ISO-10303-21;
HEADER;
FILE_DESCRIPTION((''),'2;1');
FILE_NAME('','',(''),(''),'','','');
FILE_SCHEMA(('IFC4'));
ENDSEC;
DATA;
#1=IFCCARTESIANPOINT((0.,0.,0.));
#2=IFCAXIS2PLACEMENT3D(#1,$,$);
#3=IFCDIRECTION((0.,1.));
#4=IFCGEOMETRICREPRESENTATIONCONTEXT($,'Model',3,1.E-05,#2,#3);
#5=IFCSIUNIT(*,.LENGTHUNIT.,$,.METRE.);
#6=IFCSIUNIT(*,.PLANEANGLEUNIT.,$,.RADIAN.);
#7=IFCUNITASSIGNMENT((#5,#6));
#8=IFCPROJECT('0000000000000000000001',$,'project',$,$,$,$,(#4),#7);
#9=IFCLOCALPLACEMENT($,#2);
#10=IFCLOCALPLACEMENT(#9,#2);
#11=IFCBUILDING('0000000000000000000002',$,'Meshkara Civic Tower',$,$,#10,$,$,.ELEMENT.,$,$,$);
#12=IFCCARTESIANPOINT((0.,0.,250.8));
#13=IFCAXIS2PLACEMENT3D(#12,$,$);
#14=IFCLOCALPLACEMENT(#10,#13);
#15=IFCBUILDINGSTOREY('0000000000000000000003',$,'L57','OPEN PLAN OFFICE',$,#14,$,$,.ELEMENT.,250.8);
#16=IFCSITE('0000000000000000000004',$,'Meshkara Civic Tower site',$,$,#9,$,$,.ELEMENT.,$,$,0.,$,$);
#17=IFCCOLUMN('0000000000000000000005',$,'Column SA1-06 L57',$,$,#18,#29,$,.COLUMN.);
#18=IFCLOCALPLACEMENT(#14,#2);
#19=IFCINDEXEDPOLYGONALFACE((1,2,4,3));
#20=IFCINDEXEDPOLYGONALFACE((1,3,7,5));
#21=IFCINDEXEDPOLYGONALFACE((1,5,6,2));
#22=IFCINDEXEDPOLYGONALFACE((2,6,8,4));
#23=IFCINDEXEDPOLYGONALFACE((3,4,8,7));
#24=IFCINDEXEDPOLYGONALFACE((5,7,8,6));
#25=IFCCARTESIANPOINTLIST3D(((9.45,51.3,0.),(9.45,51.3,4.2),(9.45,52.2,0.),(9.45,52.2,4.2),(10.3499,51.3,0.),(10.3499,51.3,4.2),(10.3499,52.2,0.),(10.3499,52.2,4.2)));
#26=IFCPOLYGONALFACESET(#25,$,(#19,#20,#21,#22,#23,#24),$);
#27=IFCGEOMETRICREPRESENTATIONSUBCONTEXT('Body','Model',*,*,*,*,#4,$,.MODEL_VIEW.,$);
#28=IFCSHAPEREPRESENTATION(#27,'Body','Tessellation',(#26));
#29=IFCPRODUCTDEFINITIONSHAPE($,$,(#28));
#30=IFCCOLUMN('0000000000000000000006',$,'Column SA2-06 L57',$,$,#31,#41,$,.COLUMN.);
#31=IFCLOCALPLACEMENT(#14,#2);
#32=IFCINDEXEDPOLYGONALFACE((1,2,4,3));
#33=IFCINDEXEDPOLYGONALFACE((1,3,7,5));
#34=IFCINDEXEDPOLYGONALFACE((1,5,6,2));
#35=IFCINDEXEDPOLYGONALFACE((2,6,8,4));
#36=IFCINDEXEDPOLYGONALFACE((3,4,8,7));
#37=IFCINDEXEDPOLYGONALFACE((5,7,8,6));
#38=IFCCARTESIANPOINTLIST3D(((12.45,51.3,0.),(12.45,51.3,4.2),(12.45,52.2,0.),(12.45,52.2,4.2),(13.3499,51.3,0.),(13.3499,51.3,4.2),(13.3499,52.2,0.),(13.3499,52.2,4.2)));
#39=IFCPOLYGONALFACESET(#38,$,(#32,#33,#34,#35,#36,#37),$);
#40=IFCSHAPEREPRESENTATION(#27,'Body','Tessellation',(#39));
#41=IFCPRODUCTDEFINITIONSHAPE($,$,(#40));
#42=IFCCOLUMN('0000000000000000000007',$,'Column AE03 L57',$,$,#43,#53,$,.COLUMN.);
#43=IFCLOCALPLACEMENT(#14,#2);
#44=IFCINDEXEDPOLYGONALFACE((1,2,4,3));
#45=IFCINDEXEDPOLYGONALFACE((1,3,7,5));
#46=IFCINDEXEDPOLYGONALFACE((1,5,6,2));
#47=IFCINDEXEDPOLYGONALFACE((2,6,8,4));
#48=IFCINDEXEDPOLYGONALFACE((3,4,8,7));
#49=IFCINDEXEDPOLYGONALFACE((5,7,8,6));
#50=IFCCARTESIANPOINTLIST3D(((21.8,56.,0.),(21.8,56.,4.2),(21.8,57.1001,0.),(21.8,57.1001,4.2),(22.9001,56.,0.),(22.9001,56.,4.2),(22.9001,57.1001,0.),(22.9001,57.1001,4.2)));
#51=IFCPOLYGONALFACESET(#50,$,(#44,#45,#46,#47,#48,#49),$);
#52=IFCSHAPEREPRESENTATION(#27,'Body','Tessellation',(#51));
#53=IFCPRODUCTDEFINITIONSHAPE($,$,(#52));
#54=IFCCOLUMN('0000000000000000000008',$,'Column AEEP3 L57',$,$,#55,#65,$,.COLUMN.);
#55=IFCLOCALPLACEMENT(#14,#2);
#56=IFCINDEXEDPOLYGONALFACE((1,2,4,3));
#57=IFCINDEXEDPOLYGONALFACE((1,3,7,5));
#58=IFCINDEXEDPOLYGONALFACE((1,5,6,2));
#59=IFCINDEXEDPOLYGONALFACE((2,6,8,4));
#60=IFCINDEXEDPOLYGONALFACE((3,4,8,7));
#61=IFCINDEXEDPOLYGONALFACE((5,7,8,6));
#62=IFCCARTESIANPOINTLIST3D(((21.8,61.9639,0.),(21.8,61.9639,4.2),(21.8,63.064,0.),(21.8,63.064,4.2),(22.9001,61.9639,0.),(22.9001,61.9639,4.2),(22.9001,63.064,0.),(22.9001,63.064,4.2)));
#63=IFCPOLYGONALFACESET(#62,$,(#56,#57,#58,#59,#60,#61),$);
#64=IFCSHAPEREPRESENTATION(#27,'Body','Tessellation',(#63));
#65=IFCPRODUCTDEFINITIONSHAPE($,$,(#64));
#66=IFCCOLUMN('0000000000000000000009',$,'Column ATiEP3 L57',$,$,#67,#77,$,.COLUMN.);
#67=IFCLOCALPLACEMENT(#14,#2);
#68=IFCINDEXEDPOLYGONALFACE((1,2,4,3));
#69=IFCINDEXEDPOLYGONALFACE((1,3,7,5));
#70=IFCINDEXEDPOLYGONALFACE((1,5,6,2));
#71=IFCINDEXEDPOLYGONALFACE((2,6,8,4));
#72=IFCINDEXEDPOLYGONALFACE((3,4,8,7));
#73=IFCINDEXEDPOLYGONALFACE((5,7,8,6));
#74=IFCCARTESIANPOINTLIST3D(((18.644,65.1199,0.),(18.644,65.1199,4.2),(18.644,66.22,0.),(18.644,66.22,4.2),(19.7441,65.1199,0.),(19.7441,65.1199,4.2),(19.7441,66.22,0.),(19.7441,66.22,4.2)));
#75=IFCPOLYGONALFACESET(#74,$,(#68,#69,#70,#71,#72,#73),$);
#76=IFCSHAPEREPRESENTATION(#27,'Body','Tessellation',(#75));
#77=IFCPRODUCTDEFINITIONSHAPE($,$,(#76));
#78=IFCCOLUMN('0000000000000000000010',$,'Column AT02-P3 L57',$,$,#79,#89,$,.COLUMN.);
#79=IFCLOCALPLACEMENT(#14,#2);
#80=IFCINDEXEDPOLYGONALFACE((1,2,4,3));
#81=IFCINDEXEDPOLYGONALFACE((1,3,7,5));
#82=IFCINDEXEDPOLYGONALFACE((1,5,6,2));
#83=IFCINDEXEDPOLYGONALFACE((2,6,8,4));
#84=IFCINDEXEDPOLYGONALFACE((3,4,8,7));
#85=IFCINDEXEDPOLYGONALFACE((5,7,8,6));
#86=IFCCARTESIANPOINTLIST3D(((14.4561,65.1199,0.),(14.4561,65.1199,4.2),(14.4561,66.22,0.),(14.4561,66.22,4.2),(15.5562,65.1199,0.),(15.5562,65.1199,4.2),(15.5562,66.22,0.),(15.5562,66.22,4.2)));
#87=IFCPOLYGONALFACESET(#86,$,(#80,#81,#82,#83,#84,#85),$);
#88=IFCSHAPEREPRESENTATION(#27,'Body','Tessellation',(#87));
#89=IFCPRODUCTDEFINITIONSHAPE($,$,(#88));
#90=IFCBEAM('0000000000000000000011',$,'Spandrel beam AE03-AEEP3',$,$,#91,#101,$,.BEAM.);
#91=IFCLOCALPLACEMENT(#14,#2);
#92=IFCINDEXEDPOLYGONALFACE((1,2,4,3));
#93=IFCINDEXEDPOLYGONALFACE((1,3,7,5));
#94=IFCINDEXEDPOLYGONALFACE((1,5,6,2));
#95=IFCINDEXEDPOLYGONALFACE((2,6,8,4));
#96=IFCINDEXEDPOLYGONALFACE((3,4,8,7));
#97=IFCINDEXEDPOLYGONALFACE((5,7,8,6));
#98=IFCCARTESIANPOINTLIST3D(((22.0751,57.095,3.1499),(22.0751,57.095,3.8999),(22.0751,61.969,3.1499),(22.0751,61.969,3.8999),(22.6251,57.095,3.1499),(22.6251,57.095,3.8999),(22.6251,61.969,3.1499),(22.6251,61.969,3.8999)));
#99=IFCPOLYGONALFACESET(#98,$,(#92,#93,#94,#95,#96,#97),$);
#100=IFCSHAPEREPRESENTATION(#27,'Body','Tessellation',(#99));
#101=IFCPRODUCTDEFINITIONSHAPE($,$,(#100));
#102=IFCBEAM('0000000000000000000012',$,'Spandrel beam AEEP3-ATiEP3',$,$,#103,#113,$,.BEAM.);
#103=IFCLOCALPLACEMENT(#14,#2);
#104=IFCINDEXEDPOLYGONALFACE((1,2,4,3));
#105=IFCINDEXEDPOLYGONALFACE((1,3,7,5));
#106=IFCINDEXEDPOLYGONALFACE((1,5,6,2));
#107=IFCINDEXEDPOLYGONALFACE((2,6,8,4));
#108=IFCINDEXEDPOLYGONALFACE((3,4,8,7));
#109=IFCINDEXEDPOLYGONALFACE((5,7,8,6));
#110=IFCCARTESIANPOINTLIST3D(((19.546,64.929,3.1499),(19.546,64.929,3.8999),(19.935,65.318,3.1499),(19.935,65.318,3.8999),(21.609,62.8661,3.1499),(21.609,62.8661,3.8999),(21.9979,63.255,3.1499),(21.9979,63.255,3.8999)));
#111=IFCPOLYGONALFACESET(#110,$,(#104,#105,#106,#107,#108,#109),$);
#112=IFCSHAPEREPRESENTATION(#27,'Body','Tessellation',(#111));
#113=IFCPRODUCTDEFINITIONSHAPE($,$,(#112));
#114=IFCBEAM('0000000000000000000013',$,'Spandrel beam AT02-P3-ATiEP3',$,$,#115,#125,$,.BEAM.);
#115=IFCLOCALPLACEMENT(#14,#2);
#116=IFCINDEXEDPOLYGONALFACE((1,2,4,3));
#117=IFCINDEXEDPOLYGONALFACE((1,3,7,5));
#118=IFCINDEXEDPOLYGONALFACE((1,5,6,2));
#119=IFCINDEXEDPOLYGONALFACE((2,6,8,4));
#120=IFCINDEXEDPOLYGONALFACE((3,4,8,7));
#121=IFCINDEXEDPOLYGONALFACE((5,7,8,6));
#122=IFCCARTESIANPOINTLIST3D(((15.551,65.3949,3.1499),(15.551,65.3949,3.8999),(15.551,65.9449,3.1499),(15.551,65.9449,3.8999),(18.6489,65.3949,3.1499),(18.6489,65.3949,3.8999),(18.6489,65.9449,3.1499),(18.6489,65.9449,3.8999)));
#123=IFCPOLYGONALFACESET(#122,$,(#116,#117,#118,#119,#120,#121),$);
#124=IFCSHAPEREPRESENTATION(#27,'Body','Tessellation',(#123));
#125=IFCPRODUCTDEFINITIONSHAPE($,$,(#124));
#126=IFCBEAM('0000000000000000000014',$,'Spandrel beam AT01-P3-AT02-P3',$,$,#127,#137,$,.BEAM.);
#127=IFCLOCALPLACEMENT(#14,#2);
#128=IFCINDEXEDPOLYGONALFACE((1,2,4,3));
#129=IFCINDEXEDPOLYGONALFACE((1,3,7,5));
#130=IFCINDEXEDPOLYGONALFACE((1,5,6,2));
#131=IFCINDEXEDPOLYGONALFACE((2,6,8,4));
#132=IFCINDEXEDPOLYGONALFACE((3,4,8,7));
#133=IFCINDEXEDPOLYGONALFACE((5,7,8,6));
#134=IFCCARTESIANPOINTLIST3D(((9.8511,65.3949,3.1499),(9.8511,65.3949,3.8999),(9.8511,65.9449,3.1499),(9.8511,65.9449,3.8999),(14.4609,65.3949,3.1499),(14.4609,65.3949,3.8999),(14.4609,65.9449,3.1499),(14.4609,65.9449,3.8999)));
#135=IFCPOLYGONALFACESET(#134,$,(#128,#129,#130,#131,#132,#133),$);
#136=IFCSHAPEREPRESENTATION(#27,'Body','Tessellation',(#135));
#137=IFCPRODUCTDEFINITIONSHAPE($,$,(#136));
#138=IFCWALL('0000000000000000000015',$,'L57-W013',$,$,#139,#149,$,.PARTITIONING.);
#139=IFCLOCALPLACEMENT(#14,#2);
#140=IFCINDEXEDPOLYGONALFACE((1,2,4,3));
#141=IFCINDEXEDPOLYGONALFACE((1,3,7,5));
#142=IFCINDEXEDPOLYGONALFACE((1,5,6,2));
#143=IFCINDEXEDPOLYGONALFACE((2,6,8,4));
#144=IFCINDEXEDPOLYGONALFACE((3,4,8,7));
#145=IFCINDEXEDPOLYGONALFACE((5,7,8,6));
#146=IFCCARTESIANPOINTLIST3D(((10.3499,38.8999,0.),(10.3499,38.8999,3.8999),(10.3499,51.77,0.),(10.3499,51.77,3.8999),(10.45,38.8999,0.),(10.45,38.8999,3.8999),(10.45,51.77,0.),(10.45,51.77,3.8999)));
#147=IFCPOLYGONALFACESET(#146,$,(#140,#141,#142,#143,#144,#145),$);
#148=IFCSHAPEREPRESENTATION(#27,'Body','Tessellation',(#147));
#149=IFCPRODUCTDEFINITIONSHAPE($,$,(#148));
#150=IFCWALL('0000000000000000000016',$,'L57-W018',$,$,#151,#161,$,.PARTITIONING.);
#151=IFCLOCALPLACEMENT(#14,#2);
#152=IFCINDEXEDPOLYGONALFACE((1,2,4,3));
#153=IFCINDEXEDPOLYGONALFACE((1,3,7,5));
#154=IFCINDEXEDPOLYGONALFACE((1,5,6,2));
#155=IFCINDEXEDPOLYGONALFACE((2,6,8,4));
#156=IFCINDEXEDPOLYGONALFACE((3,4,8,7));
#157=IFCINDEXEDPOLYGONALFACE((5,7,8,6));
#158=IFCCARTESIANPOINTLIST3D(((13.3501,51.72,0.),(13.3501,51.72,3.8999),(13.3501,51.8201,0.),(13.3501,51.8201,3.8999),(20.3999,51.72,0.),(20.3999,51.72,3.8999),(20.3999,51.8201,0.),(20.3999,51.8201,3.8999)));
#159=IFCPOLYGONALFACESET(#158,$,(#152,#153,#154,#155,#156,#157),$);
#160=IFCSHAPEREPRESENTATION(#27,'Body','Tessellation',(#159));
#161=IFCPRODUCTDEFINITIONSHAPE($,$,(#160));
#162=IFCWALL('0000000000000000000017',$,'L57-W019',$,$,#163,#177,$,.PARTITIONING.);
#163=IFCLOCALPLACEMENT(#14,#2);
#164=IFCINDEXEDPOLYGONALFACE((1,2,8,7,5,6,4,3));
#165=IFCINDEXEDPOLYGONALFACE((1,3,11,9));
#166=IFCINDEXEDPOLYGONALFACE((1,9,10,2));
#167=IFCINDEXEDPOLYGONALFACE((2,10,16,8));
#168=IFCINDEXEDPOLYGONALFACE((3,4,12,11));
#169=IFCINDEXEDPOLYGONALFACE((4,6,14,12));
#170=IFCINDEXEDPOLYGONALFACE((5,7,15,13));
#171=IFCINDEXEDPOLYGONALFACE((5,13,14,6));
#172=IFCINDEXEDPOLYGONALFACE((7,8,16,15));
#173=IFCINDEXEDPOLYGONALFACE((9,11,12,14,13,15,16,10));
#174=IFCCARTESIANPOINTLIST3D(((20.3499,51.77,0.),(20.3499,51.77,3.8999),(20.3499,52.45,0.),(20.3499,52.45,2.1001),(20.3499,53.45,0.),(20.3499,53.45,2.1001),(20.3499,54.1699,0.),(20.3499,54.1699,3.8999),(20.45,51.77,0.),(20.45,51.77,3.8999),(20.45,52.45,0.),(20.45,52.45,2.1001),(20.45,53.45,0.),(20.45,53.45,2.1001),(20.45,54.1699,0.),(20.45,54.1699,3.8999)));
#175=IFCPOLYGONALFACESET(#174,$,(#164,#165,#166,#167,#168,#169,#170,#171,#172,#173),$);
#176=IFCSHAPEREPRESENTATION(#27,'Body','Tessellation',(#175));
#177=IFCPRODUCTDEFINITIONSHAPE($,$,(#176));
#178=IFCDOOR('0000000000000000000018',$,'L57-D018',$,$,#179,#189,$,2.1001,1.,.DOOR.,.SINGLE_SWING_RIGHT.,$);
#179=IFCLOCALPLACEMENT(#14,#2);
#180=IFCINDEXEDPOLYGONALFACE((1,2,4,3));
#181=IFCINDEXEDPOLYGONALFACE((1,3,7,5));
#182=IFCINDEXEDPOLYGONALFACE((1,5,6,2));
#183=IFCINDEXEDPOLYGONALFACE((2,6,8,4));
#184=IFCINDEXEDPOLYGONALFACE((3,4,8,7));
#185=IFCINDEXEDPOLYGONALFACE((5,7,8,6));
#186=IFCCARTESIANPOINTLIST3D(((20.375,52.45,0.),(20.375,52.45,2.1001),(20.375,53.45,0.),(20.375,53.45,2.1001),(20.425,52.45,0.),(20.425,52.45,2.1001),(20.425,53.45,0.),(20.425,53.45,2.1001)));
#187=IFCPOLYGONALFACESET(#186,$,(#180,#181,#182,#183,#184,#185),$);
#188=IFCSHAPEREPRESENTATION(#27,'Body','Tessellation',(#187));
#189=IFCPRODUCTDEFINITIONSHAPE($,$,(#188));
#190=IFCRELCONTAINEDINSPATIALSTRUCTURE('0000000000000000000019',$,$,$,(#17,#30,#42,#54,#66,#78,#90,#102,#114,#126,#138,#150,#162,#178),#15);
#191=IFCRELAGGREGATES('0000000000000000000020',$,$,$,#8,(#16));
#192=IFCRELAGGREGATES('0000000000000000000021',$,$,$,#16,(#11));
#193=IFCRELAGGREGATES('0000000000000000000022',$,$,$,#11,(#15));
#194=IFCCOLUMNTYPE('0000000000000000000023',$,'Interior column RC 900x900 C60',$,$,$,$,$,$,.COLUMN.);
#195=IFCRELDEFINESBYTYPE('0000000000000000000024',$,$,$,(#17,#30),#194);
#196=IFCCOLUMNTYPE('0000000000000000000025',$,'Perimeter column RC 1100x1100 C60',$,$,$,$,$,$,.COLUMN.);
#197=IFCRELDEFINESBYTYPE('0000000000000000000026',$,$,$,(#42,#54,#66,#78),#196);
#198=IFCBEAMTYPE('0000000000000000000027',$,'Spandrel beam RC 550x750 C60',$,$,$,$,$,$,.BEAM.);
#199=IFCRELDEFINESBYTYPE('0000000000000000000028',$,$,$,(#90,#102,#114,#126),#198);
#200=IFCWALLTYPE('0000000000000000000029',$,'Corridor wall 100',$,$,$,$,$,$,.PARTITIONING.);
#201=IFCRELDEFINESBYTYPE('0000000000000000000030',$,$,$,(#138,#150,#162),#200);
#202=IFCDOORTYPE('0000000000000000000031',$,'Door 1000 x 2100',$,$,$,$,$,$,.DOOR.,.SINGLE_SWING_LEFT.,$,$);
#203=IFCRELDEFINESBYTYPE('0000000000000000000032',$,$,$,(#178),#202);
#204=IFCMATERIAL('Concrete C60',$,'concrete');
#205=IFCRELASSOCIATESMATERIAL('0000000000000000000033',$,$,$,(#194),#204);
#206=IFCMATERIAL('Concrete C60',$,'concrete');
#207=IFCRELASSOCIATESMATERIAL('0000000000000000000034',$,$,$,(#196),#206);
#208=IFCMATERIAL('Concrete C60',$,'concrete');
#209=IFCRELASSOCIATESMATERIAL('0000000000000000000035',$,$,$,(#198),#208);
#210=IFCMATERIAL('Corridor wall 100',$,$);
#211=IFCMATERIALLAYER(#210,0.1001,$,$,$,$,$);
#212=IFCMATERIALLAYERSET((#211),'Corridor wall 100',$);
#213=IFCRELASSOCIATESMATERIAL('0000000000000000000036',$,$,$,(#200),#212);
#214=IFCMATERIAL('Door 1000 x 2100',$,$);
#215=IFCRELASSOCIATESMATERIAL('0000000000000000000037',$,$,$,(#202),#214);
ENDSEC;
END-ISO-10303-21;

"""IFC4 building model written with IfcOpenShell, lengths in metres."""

from ifc_helpers import new_model, si_unit, direction, frame, frame_2d, origin, origin_2d, place, context, subcontext, project, spatial, rectangle, extrude, material, layer, layer_set, material_profile, profile_set, type_object, element, fill, save


model = new_model("IFC4")

# Units and contexts
model_context = context("Model", 3, precision=1e-05, world=origin(), true_north=direction((0.0, 1.0)))
body_context = subcontext(model_context, "Body", "Model", "MODEL_VIEW")
ifc_project = project(units=[si_unit("LENGTHUNIT", "METRE"), si_unit("PLANEANGLEUNIT", "RADIAN")], contexts=[model_context])

# Site, building, storey
site_placement = place(None, origin())
site = spatial("IfcSite", under=ifc_project, at=site_placement, Name="Meshkara Civic Tower site", CompositionType="ELEMENT", RefElevation=0.0)
building_placement = place(site_placement, origin())
building = spatial("IfcBuilding", under=site, at=building_placement, Name="Meshkara Civic Tower", CompositionType="ELEMENT")
storey_placement = place(building_placement, frame((0.0, 0.0, 250.8)))
storey = spatial("IfcBuildingStorey", under=building, at=storey_placement, Name="L57", Description="OPEN PLAN OFFICE", CompositionType="ELEMENT", Elevation=250.8)

# Columns
ifc_material_1 = material(Name="Concrete C60", Category="concrete")
ifc_material_profile_1 = material_profile(ifc_material_1, rectangle(XDim=0.8999, YDim=0.8999, at=origin_2d()))
ifc_profile_set_1 = profile_set([ifc_material_profile_1], Name="Concrete C60")
column_type_1 = type_object("IfcColumnType", Name="Interior column RC 900x900 C60", PredefinedType="COLUMN", material=ifc_profile_set_1)
for number, where, z_axis, x_axis, name in (
    (1, (9.8999, 51.75, 0.0), (0.0, 0.0, 1.0), (1.0, 0.0, 0.0), "Column SA1-06 L57"),
    (2, (12.8999, 51.75, 0.0), (0.0, 0.0, 1.0), (1.0, 0.0, 0.0), "Column SA2-06 L57"),
):
    element("IfcColumn", number, at=place(storey_placement, frame(where, z_axis=z_axis, x_axis=x_axis)), inside=storey, type_object=column_type_1, Name=name, PredefinedType="COLUMN", context=body_context, shape_type="SweptSolid", body=[
        extrude(rectangle(XDim=0.8999, YDim=0.8999, at=origin_2d()), origin(), (0.0, 0.0, 1.0), 4.2),
    ])
ifc_material_2 = material(Name="Concrete C60", Category="concrete")
ifc_material_profile_2 = material_profile(ifc_material_2, rectangle(XDim=1.1001, YDim=1.1001, at=origin_2d()))
ifc_profile_set_2 = profile_set([ifc_material_profile_2], Name="Concrete C60")
column_type_2 = type_object("IfcColumnType", Name="Perimeter column RC 1100x1100 C60", PredefinedType="COLUMN", material=ifc_profile_set_2)
for number, where, z_axis, x_axis, name in (
    (3, (22.3501, 56.55, 0.0), (0.0, 0.0, 1.0), (1.0, 0.0, 0.0), "Column AE03 L57"),
    (4, (22.3501, 62.5139, 0.0), (0.0, 0.0, 1.0), (1.0, 0.0, 0.0), "Column AEEP3 L57"),
    (5, (19.1941, 65.6699, 0.0), (0.0, 0.0, 1.0), (1.0, 0.0, 0.0), "Column ATiEP3 L57"),
    (6, (15.0061, 65.6699, 0.0), (0.0, 0.0, 1.0), (1.0, 0.0, 0.0), "Column AT02-P3 L57"),
):
    element("IfcColumn", number, at=place(storey_placement, frame(where, z_axis=z_axis, x_axis=x_axis)), inside=storey, type_object=column_type_2, Name=name, PredefinedType="COLUMN", context=body_context, shape_type="SweptSolid", body=[
        extrude(rectangle(XDim=1.1001, YDim=1.1001, at=origin_2d()), origin(), (0.0, 0.0, 1.0), 4.2),
    ])

# Beams
ifc_material_3 = material(Name="Concrete C60", Category="concrete")
ifc_material_profile_3 = material_profile(ifc_material_3, rectangle(XDim=0.55, YDim=0.75, at=origin_2d()))
ifc_profile_set_3 = profile_set([ifc_material_profile_3], Name="Concrete C60")
beam_type = type_object("IfcBeamType", Name="Spandrel beam RC 550x750 C60", PredefinedType="BEAM", material=ifc_profile_set_3)
beam_1_placement = place(storey_placement, frame((22.3501, 57.095, 3.5249), z_axis=(0.0, 1.0, 0.0), x_axis=(-1.0, 0.0, 0.0)))
element("IfcBeam", 7, at=beam_1_placement, inside=storey, type_object=beam_type, Name="Spandrel beam AE03-AEEP3", PredefinedType="BEAM", context=body_context, shape_type="SweptSolid", body=[
    extrude(rectangle(XDim=0.55, YDim=0.75, at=origin_2d()), origin(), (0.0, 0.0, 1.0), 4.874),
])
beam_2_placement = place(storey_placement, frame((21.8035, 63.0605, 3.5249), z_axis=(-0.707107, 0.707107, 0.0), x_axis=(-0.707107, -0.707107, 0.0)))
element("IfcBeam", 8, at=beam_2_placement, inside=storey, type_object=beam_type, Name="Spandrel beam AEEP3-ATiEP3", PredefinedType="BEAM", context=body_context, shape_type="SweptSolid", body=[
    extrude(rectangle(XDim=0.55, YDim=0.75, at=origin_2d()), origin(), (0.0, 0.0, 1.0), 2.9175),
])
beam_3_placement = place(storey_placement, frame((18.6489, 65.6699, 3.5249), z_axis=(-1.0, 0.0, 0.0), x_axis=(0.0, -1.0, 0.0)))
element("IfcBeam", 9, at=beam_3_placement, inside=storey, type_object=beam_type, Name="Spandrel beam AT02-P3-ATiEP3", PredefinedType="BEAM", context=body_context, shape_type="SweptSolid", body=[
    extrude(rectangle(XDim=0.55, YDim=0.75, at=origin_2d()), origin(), (0.0, 0.0, 1.0), 3.0979),
])
beam_4_placement = place(storey_placement, frame((14.4609, 65.6699, 3.5249), z_axis=(-1.0, 0.0, 0.0), x_axis=(0.0, -1.0, 0.0)))
element("IfcBeam", 10, at=beam_4_placement, inside=storey, type_object=beam_type, Name="Spandrel beam AT01-P3-AT02-P3", PredefinedType="BEAM", context=body_context, shape_type="SweptSolid", body=[
    extrude(rectangle(XDim=0.55, YDim=0.75, at=origin_2d()), origin(), (0.0, 0.0, 1.0), 4.6099),
])

# Walls
ifc_material_4 = material(Name="Corridor wall 100")
ifc_layer_1 = layer(ifc_material_4, 0.1001)
ifc_layer_set_1 = layer_set([ifc_layer_1], Name="Corridor wall 100")
wall_type_1 = type_object("IfcWallType", Name="Corridor wall 100", PredefinedType="PARTITIONING", material=ifc_layer_set_1)
wall_1_placement = place(storey_placement, frame((10.3999, 51.77, 0.0), z_axis=(0.0, 0.0, 1.0), x_axis=(0.0, -1.0, 0.0)))
element("IfcWall", 11, at=wall_1_placement, inside=storey, type_object=wall_type_1, Name="L57-W013", PredefinedType="PARTITIONING", context=body_context, shape_type="SweptSolid", body=[
    extrude(rectangle(XDim=12.8701, YDim=0.1001, at=frame_2d((6.4351, 0.0))), origin(), (0.0, 0.0, 1.0), 3.8999),
])
wall_2_placement = place(storey_placement, frame((13.3501, 51.77, 0.0), z_axis=(0.0, 0.0, 1.0), x_axis=(1.0, 0.0, 0.0)))
element("IfcWall", 12, at=wall_2_placement, inside=storey, type_object=wall_type_1, Name="L57-W018", PredefinedType="PARTITIONING", context=body_context, shape_type="SweptSolid", body=[
    extrude(rectangle(XDim=7.0498, YDim=0.1001, at=frame_2d((3.5249, 0.0))), origin(), (0.0, 0.0, 1.0), 3.8999),
])

# Wall, opening, door
wall_3_placement = place(storey_placement, frame((20.3999, 51.77, 0.0), z_axis=(0.0, 0.0, 1.0), x_axis=(0.0, 1.0, 0.0)))
wall_3 = element("IfcWall", 13, at=wall_3_placement, inside=storey, type_object=wall_type_1, Name="L57-W019", PredefinedType="PARTITIONING", context=body_context, shape_type="SweptSolid", body=[
    extrude(rectangle(XDim=2.3999, YDim=0.1001, at=frame_2d((1.2, 0.0))), origin(), (0.0, 0.0, 1.0), 3.8999),
])
opening_1_placement = place(wall_3_placement, frame((0.6799, 0.0, 0.0)))
opening_1 = element("IfcOpeningElement", 14, at=opening_1_placement, cuts=wall_3, PredefinedType="OPENING", context=body_context, shape_type="SweptSolid", body=[
    extrude(rectangle(XDim=1.0, YDim=2.1001, at=frame_2d((0.5, 1.05))), frame((0.0, 0.0601, 0.0), z_axis=(0.0, -1.0, 0.0), x_axis=(1.0, 0.0, 0.0)), (0.0, 0.0, 1.0), 0.1201),
])
ifc_material_5 = material(Name="Door 1000 x 2100")
door_type = type_object("IfcDoorType", Name="Door 1000 x 2100", OperationType="SINGLE_SWING_LEFT", PredefinedType="DOOR", material=ifc_material_5)
door_placement = place(opening_1_placement, origin())
door = element("IfcDoor", 15, at=door_placement, inside=storey, type_object=door_type, Name="L57-D018", OperationType="SINGLE_SWING_RIGHT", OverallHeight=2.1001, OverallWidth=1.0, PredefinedType="DOOR", context=body_context, shape_type="SweptSolid", body=[
    extrude(rectangle(XDim=1.0, YDim=2.1001, at=frame_2d((0.5, 1.05))), frame((0.0, 0.0249, 0.0), z_axis=(0.0, -1.0, 0.0), x_axis=(1.0, 0.0, 0.0)), (0.0, 0.0, 1.0), 0.05),
])
fill(opening_1, door)

save(model, "model.ifc")
